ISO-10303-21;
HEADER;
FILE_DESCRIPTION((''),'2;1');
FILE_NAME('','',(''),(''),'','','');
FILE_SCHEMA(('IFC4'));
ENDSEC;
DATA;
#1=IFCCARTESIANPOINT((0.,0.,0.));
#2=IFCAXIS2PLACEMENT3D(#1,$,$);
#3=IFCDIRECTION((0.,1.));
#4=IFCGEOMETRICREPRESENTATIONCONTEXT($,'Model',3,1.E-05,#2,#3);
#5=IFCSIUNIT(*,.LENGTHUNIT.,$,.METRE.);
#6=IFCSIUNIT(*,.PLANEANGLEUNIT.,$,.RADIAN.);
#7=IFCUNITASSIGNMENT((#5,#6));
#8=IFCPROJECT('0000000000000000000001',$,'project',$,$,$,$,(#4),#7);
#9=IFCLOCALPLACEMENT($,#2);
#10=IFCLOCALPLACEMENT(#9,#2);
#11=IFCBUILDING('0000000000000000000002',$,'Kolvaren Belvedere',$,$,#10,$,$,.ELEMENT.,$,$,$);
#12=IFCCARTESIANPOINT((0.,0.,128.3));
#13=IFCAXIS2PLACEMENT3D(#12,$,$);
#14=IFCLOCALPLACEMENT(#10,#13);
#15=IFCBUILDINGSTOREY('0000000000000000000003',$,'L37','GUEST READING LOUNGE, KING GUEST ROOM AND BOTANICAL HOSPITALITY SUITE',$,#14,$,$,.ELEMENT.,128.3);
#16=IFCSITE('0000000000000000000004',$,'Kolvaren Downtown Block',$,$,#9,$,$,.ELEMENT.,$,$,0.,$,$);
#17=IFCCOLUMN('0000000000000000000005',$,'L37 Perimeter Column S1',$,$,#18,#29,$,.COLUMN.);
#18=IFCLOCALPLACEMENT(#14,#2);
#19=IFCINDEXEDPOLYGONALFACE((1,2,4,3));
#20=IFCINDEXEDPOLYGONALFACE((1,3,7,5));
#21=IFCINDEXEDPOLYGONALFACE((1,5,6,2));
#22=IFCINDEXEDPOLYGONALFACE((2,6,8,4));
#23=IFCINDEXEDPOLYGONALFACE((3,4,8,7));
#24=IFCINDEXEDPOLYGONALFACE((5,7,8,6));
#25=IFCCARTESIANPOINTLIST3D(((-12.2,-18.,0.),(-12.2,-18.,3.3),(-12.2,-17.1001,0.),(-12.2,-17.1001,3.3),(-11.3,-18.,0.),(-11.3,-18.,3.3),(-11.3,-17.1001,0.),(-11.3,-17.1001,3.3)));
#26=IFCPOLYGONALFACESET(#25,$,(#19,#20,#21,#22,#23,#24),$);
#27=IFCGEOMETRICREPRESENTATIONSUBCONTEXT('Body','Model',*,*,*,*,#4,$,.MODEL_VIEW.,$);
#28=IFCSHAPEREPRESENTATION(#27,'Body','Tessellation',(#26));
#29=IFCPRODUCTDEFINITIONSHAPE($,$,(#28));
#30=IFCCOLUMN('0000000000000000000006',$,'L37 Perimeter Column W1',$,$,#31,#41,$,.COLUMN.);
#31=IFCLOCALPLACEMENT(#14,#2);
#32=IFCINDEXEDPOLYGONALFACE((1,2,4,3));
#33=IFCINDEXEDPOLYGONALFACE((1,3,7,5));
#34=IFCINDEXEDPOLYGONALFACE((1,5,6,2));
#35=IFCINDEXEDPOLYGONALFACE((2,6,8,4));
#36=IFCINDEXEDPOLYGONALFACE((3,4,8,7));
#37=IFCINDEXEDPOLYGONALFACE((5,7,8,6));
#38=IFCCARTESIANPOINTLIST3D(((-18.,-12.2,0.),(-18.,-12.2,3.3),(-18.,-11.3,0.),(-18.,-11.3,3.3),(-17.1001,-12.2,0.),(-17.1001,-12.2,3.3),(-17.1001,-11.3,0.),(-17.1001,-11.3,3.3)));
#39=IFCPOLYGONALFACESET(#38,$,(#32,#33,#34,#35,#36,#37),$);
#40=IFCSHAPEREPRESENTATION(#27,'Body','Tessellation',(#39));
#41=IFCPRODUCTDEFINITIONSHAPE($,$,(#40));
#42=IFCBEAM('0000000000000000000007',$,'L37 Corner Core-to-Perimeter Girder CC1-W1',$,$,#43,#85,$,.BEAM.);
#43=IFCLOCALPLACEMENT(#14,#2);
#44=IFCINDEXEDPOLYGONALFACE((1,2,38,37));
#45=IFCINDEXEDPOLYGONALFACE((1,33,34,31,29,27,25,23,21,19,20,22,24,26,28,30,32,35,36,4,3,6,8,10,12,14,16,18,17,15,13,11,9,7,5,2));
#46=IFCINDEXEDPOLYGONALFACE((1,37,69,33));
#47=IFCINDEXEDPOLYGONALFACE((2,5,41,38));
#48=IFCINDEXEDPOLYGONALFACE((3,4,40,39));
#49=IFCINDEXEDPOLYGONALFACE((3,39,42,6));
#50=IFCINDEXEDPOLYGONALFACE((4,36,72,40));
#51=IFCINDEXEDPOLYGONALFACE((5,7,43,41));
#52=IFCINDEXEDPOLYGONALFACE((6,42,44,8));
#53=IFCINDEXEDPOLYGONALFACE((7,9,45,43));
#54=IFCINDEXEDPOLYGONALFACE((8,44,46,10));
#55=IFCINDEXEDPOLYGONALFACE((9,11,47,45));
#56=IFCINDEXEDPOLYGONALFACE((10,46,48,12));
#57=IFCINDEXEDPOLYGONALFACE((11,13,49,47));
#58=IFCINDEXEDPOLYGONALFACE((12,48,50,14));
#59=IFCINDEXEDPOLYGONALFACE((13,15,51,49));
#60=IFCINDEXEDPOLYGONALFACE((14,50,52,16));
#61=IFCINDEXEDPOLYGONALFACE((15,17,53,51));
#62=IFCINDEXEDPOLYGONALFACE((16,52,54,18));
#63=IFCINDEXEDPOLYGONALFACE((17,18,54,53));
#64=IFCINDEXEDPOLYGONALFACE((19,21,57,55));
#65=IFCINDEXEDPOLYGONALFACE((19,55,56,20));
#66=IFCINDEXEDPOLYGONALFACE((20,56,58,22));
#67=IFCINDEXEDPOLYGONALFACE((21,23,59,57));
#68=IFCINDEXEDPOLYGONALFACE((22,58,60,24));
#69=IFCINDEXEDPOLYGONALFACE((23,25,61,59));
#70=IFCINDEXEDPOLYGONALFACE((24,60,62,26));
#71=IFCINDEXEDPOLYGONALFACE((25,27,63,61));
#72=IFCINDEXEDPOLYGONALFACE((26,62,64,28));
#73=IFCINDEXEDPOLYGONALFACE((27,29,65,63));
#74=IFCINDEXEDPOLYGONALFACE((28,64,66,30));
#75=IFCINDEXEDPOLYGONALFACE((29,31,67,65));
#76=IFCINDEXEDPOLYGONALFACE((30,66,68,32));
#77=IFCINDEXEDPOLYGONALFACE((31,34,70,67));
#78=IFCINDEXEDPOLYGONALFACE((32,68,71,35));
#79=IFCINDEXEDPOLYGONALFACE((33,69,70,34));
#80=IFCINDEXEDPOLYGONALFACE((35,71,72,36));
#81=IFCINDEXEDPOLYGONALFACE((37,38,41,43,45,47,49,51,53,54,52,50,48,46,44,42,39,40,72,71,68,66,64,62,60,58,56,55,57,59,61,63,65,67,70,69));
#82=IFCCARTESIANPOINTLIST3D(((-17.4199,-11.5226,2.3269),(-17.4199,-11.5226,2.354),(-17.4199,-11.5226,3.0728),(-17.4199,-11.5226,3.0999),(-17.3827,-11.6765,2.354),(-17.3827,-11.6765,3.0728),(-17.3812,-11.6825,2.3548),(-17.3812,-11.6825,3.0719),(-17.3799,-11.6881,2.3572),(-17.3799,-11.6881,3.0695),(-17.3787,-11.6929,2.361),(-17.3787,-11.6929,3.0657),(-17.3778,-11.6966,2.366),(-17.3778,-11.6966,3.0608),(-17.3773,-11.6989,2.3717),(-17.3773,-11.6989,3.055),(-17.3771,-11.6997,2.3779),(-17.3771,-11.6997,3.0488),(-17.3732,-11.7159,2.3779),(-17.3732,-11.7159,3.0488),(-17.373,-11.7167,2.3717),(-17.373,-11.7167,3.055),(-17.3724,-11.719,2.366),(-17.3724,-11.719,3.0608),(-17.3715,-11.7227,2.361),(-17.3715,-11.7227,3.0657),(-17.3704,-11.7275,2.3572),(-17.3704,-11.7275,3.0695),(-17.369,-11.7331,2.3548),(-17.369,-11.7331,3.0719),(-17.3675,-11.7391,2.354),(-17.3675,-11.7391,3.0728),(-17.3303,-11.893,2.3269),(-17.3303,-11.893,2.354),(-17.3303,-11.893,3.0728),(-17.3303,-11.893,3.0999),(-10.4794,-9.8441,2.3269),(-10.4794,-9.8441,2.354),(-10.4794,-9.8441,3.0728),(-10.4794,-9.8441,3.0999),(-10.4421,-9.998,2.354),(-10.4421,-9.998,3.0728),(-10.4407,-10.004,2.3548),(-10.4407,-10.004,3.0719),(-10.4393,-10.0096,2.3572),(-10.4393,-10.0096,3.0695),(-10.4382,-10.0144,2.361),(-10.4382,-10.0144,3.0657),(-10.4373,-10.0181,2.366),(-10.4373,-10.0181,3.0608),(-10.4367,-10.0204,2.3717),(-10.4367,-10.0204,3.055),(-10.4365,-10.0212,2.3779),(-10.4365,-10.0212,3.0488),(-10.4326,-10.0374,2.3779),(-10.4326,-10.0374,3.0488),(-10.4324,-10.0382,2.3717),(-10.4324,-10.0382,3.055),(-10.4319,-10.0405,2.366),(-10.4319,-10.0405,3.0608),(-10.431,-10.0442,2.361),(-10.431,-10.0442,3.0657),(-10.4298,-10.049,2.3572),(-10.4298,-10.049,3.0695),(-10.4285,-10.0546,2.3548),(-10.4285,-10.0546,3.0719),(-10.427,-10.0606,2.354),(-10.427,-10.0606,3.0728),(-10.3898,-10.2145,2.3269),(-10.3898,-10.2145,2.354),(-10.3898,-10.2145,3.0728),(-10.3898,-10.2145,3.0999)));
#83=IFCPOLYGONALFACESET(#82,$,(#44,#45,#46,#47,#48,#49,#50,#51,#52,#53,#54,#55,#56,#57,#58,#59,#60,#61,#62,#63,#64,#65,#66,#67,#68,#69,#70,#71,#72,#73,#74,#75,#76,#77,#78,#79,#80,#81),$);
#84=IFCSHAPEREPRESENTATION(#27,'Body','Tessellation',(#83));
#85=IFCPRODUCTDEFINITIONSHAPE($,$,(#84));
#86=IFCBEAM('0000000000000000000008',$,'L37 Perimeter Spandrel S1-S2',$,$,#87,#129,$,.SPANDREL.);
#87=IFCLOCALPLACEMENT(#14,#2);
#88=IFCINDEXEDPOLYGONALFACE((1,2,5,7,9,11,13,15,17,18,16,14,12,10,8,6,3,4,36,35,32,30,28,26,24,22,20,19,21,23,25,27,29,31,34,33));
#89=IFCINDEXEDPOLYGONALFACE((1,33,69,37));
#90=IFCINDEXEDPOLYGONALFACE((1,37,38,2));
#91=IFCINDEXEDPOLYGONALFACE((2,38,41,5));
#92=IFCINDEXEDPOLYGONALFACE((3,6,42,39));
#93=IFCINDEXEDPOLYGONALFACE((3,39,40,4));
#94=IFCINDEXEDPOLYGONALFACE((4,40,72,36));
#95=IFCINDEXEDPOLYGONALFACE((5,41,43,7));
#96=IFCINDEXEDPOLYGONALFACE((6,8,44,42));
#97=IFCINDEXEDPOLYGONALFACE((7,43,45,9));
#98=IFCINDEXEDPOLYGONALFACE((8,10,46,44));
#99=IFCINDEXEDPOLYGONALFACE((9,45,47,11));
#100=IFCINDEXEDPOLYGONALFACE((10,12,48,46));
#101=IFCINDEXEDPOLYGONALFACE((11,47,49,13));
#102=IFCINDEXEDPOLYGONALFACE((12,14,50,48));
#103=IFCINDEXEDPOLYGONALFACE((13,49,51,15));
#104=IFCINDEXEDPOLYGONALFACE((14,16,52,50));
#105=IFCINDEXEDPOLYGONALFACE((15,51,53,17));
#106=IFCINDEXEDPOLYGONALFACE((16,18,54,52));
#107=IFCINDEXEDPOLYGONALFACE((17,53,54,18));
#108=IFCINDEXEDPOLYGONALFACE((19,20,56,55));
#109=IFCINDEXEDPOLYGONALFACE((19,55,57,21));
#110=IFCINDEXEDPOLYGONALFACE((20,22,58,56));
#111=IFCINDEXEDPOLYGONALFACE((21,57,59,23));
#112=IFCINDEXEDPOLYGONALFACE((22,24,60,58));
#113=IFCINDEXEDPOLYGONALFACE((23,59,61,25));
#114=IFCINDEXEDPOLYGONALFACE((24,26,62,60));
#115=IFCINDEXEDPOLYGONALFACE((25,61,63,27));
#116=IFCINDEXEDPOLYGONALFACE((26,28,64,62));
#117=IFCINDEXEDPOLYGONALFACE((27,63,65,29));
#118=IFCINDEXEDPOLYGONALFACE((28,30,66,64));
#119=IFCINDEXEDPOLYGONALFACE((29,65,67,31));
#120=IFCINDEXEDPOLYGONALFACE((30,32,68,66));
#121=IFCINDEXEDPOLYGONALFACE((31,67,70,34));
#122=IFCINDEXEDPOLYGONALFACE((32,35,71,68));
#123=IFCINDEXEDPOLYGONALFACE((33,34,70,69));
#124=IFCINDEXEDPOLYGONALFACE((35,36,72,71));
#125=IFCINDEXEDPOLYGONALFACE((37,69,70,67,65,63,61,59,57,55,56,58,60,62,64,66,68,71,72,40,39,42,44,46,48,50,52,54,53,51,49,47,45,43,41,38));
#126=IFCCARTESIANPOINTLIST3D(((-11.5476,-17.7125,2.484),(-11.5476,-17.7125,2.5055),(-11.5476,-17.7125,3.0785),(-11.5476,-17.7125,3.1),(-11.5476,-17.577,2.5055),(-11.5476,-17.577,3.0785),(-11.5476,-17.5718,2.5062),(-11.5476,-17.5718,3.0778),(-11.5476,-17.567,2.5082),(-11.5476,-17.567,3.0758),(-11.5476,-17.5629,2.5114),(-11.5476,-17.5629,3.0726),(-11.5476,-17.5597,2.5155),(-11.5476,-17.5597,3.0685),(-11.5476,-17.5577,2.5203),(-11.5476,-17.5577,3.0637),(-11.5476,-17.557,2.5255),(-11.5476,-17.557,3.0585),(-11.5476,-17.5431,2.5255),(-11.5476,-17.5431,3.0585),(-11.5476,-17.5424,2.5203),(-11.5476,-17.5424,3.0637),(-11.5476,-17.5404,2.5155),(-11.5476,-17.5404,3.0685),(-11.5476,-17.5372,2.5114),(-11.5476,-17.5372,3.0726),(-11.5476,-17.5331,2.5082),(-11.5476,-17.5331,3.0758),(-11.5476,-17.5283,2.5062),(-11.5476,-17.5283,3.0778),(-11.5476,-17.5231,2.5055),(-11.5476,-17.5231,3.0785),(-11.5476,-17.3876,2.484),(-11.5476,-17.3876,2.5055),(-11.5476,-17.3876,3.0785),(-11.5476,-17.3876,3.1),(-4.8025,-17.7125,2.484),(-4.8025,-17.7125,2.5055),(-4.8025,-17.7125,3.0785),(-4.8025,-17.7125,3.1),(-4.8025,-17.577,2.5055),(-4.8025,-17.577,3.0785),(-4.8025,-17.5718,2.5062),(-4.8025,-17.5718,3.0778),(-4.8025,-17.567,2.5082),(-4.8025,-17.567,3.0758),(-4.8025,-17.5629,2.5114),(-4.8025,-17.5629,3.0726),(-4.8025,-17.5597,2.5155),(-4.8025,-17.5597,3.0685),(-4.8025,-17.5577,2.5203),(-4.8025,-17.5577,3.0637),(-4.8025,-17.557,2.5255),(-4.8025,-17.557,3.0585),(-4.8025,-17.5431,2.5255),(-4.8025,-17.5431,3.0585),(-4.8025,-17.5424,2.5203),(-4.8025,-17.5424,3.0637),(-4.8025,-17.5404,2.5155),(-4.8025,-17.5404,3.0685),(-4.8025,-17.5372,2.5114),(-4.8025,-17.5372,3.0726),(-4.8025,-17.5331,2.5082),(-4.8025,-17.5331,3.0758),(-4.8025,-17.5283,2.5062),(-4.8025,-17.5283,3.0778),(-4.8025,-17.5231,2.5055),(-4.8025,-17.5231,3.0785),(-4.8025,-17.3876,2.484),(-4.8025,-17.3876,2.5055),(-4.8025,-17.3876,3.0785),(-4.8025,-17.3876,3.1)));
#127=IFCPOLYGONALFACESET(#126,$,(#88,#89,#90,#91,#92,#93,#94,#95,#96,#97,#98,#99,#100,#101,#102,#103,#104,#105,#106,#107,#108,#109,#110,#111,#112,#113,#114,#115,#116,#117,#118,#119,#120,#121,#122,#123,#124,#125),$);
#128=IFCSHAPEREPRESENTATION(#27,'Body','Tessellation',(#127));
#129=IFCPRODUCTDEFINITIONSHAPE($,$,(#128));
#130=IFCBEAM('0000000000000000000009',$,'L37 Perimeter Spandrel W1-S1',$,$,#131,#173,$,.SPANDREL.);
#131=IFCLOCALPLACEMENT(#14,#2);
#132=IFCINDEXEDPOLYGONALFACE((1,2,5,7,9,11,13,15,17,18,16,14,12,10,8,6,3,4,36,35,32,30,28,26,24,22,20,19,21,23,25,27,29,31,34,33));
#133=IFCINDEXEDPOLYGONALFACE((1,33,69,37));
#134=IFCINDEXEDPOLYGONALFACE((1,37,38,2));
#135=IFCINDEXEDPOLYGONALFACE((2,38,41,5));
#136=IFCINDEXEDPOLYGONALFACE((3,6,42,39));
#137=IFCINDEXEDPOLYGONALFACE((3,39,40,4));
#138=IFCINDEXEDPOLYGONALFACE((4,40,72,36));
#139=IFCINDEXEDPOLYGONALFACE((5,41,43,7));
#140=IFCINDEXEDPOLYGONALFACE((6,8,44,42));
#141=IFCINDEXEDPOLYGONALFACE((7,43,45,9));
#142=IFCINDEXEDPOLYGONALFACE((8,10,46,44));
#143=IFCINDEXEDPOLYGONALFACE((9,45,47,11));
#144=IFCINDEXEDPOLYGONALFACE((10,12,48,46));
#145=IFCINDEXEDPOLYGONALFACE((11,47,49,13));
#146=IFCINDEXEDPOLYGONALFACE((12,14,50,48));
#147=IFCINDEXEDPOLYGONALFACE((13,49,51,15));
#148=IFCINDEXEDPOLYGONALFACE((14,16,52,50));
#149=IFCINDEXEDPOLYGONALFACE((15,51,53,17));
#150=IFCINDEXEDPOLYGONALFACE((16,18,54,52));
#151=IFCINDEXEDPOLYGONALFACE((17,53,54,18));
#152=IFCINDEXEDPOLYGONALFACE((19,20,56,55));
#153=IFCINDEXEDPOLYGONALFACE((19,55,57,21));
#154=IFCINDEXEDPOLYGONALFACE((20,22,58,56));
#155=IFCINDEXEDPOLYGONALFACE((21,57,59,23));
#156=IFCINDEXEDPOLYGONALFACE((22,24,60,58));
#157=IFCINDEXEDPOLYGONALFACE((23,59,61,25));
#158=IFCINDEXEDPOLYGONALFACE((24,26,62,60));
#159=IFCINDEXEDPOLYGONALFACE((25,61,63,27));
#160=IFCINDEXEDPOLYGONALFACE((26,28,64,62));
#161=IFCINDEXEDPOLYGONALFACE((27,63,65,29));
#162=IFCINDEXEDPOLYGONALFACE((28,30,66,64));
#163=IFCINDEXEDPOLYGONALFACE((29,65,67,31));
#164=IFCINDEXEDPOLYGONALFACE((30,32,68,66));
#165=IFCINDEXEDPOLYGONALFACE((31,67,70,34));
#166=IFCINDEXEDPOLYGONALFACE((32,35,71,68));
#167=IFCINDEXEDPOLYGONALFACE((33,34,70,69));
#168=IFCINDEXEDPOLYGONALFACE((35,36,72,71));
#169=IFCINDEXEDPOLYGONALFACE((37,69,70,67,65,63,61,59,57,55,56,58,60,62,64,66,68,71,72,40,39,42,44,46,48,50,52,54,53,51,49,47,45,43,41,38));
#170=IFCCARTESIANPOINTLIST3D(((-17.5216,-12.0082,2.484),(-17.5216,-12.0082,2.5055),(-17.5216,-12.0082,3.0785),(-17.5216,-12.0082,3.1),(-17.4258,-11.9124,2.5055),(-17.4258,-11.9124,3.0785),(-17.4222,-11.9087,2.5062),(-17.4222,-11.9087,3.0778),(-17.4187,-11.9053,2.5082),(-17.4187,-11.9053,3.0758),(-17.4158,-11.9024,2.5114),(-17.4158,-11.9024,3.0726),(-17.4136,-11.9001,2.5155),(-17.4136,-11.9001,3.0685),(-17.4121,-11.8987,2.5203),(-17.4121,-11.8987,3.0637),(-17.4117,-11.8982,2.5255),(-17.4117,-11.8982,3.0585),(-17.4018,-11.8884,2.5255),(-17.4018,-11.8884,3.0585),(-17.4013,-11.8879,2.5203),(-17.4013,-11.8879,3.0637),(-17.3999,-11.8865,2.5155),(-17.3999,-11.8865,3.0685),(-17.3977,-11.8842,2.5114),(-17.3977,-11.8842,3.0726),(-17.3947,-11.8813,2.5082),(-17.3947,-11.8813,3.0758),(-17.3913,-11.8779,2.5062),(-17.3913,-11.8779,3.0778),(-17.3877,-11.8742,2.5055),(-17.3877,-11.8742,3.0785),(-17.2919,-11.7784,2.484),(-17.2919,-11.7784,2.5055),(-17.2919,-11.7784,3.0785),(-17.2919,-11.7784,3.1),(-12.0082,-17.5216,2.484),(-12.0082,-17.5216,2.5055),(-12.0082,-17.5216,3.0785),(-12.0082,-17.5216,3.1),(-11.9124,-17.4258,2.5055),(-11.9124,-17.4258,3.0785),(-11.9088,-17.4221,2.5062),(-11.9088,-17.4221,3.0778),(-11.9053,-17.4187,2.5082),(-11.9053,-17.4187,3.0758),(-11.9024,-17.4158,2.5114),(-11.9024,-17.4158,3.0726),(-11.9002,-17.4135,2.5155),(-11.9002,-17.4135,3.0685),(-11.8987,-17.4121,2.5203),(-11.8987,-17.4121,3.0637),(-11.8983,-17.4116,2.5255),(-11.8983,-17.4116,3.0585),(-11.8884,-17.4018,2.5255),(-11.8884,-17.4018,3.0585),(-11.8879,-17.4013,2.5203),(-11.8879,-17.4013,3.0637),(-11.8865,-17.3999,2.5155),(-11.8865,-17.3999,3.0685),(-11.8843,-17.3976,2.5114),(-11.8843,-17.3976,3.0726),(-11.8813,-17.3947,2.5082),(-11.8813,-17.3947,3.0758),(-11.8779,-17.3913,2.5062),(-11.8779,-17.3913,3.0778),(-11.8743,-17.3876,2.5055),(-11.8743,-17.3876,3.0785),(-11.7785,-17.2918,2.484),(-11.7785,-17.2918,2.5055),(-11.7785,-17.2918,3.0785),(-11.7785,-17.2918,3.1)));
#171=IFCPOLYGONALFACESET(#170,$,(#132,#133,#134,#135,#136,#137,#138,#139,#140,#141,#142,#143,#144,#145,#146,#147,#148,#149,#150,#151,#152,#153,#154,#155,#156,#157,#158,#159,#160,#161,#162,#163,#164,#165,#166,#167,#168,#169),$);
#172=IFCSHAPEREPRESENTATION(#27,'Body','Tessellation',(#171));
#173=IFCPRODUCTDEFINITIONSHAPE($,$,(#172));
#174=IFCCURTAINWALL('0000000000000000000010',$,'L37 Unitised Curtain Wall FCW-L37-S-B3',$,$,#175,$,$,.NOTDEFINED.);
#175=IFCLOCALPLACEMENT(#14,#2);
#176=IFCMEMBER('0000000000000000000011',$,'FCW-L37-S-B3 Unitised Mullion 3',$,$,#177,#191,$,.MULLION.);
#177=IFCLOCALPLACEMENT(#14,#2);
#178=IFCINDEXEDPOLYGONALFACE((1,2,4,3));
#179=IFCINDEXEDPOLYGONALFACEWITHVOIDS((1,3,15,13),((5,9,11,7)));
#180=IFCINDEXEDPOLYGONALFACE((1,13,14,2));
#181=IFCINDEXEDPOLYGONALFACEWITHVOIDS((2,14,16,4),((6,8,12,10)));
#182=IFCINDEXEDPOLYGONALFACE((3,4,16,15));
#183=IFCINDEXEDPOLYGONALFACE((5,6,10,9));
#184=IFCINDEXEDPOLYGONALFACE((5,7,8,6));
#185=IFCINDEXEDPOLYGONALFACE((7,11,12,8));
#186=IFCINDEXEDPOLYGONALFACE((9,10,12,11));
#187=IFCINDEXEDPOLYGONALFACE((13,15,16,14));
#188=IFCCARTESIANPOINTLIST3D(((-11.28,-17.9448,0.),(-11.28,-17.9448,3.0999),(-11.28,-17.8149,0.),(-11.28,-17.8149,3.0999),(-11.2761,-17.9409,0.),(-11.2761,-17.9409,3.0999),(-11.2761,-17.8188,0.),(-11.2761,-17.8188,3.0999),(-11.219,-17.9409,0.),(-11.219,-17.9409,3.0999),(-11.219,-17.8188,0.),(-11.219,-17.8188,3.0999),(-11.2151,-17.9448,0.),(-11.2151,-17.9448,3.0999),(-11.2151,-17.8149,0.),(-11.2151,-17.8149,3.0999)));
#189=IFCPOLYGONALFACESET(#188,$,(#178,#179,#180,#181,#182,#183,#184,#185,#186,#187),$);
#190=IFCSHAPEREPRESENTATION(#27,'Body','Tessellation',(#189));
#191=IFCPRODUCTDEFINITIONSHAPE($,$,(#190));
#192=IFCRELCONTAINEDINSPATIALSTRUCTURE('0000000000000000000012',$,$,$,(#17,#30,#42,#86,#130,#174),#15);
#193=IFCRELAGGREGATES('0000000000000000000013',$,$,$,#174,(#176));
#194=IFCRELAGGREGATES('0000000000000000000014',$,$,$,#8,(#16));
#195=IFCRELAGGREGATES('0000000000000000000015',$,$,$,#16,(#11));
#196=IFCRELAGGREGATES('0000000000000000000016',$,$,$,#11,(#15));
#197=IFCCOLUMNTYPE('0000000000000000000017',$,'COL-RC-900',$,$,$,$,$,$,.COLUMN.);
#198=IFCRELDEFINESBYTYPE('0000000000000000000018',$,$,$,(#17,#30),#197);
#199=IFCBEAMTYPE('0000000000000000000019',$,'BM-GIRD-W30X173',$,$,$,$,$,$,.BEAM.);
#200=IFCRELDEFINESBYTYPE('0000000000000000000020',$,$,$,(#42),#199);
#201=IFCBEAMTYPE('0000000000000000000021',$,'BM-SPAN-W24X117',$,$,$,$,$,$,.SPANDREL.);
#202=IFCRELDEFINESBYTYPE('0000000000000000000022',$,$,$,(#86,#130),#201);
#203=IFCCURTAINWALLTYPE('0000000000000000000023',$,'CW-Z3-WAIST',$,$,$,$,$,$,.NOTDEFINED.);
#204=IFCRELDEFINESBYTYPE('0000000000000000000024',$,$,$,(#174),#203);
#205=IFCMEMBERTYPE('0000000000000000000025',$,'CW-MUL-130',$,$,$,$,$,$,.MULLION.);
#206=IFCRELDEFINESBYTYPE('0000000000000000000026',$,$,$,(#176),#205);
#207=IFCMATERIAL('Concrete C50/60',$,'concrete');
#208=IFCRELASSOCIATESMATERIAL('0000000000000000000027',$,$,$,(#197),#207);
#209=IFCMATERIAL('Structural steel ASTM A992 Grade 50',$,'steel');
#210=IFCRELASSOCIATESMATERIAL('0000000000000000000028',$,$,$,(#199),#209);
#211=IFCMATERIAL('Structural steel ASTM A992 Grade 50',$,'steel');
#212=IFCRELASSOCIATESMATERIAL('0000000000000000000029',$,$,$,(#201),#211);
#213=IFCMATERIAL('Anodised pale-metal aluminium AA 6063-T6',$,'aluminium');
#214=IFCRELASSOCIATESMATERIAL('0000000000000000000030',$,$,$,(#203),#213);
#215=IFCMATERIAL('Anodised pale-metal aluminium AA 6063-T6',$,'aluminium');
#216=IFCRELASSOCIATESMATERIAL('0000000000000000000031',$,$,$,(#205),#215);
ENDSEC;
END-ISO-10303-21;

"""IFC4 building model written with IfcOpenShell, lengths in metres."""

from ifc_helpers import new_model, si_unit, direction, frame, origin, origin_2d, place, context, subcontext, project, spatial, rectangle, hollow_rectangle, i_section, extrude, material, material_profile, profile_set, type_object, element, aggregate, save


model = new_model("IFC4")

# Units and contexts
model_context = context("Model", 3, precision=1e-05, world=origin(), true_north=direction((0.0, 1.0)))
body_context = subcontext(model_context, "Body", "Model", "MODEL_VIEW")
ifc_project = project(units=[si_unit("LENGTHUNIT", "METRE"), si_unit("PLANEANGLEUNIT", "RADIAN")], contexts=[model_context])

# Site, building, storey
site_placement = place(None, origin())
site = spatial("IfcSite", under=ifc_project, at=site_placement, Name="Kolvaren Downtown Block", CompositionType="ELEMENT", RefElevation=0.0)
building_placement = place(site_placement, origin())
building = spatial("IfcBuilding", under=site, at=building_placement, Name="Kolvaren Belvedere", CompositionType="ELEMENT")
storey_placement = place(building_placement, frame((0.0, 0.0, 128.3)))
storey = spatial("IfcBuildingStorey", under=building, at=storey_placement, Name="L37", Description="GUEST READING LOUNGE, KING GUEST ROOM AND BOTANICAL HOSPITALITY SUITE", CompositionType="ELEMENT", Elevation=128.3)

# Columns
ifc_material_1 = material(Name="Concrete C50/60", Category="concrete")
ifc_material_profile_1 = material_profile(ifc_material_1, rectangle(XDim=0.8999, YDim=0.8999, at=origin_2d()), Name="RC 900X900")
ifc_profile_set_1 = profile_set([ifc_material_profile_1], Name="Concrete C50/60")
column_type = type_object("IfcColumnType", Name="COL-RC-900", PredefinedType="COLUMN", material=ifc_profile_set_1)
for number, where, z_axis, x_axis, name in (
    (1, (-11.75, -17.55, 0.0), (0.0, 0.0, 1.0), (1.0, 0.0, 0.0), "L37 Perimeter Column S1"),
    (2, (-17.55, -11.75, 0.0), (0.0, 0.0, 1.0), (1.0, 0.0, 0.0), "L37 Perimeter Column W1"),
):
    element("IfcColumn", number, at=place(storey_placement, frame(where, z_axis=z_axis, x_axis=x_axis)), inside=storey, type_object=column_type, Name=name, PredefinedType="COLUMN", context=body_context, shape_type="SweptSolid", body=[
        extrude(rectangle(XDim=0.8999, YDim=0.8999, at=origin_2d()), origin(), (0.0, 0.0, 1.0), 3.3),
    ])

# Beams
ifc_material_2 = material(Name="Structural steel ASTM A992 Grade 50", Category="steel")
ifc_material_profile_2 = material_profile(ifc_material_2, i_section(OverallWidth=0.3811, OverallDepth=0.7729, WebThickness=0.0166, FlangeThickness=0.0271, FilletRadius=0.0239, at=origin_2d()), Name="W30X173")
ifc_profile_set_2 = profile_set([ifc_material_profile_2], Name="Structural steel ASTM A992 Grade 50")
beam_type_1 = type_object("IfcBeamType", Name="BM-GIRD-W30X173", PredefinedType="BEAM", material=ifc_profile_set_2)
beam_1_placement = place(storey_placement, frame((-10.4346, -10.0293, 2.7134), z_axis=(-0.97198, -0.235063, 0.0), x_axis=(0.235063, -0.97198, 0.0)))
element("IfcBeam", 3, at=beam_1_placement, inside=storey, type_object=beam_type_1, Name="L37 Corner Core-to-Perimeter Girder CC1-W1", PredefinedType="BEAM", context=body_context, shape_type="SweptSolid", body=[
    extrude(i_section(OverallWidth=0.3811, OverallDepth=0.7729, WebThickness=0.0166, FlangeThickness=0.0271, FilletRadius=0.0239, at=origin_2d()), origin(), (0.0, 0.0, 1.0), 7.1406),
])
ifc_material_3 = material(Name="Structural steel ASTM A992 Grade 50", Category="steel")
ifc_material_profile_3 = material_profile(ifc_material_3, i_section(OverallWidth=0.325, OverallDepth=0.616, WebThickness=0.0139, FlangeThickness=0.0215, FilletRadius=0.02, at=origin_2d()), Name="W24X117")
ifc_profile_set_3 = profile_set([ifc_material_profile_3], Name="Structural steel ASTM A992 Grade 50")
beam_type_2 = type_object("IfcBeamType", Name="BM-SPAN-W24X117", PredefinedType="SPANDREL", material=ifc_profile_set_3)
beam_2_placement = place(storey_placement, frame((-11.5476, -17.55, 2.792), z_axis=(1.0, 0.0, 0.0), x_axis=(0.0, 1.0, 0.0)))
element("IfcBeam", 4, at=beam_2_placement, inside=storey, type_object=beam_type_2, Name="L37 Perimeter Spandrel S1-S2", PredefinedType="SPANDREL", context=body_context, shape_type="SweptSolid", body=[
    extrude(i_section(OverallWidth=0.325, OverallDepth=0.616, WebThickness=0.0139, FlangeThickness=0.0215, FilletRadius=0.02, at=origin_2d()), origin(), (0.0, 0.0, 1.0), 6.7451),
])
beam_3_placement = place(storey_placement, frame((-17.4067, -11.8933, 2.792), z_axis=(0.707107, -0.707107, 0.0), x_axis=(0.707107, 0.707107, 0.0)))
element("IfcBeam", 5, at=beam_3_placement, inside=storey, type_object=beam_type_2, Name="L37 Perimeter Spandrel W1-S1", PredefinedType="SPANDREL", context=body_context, shape_type="SweptSolid", body=[
    extrude(i_section(OverallWidth=0.325, OverallDepth=0.616, WebThickness=0.0139, FlangeThickness=0.0215, FilletRadius=0.02, at=origin_2d()), origin(), (0.0, 0.0, 1.0), 7.7971),
])

# Curtain wall, member
ifc_material_4 = material(Name="Anodised pale-metal aluminium AA 6063-T6", Category="aluminium")
curtain_wall_type = type_object("IfcCurtainWallType", Name="CW-Z3-WAIST", PredefinedType="NOTDEFINED", material=ifc_material_4)
curtain_wall_1_placement = place(storey_placement, origin())
curtain_wall_1 = element("IfcCurtainWall", 6, at=curtain_wall_1_placement, inside=storey, type_object=curtain_wall_type, Name="L37 Unitised Curtain Wall FCW-L37-S-B3", PredefinedType="NOTDEFINED")
ifc_material_5 = material(Name="Anodised pale-metal aluminium AA 6063-T6", Category="aluminium")
ifc_material_profile_4 = material_profile(ifc_material_5, hollow_rectangle(XDim=0.0649, YDim=0.1299, WallThickness=0.0039, at=origin_2d()), Name="ALU-MUL-130X65")
ifc_profile_set_4 = profile_set([ifc_material_profile_4], Name="Anodised pale-metal aluminium AA 6063-T6")
member_type_1 = type_object("IfcMemberType", Name="CW-MUL-130", PredefinedType="MULLION", material=ifc_profile_set_4)
member_1_placement = place(storey_placement, frame((-11.2476, -17.8799, 0.0), z_axis=(0.0, 0.0, 1.0), x_axis=(1.0, 0.0, 0.0)))
member_1 = element("IfcMember", 7, at=member_1_placement, type_object=member_type_1, Name="FCW-L37-S-B3 Unitised Mullion 3", PredefinedType="MULLION", context=body_context, shape_type="SweptSolid", body=[
    extrude(hollow_rectangle(XDim=0.0649, YDim=0.1299, WallThickness=0.0039, at=origin_2d()), origin(), (0.0, 0.0, 1.0), 3.0999),
])
aggregate(curtain_wall_1, [member_1])

save(model, "model.ifc")
